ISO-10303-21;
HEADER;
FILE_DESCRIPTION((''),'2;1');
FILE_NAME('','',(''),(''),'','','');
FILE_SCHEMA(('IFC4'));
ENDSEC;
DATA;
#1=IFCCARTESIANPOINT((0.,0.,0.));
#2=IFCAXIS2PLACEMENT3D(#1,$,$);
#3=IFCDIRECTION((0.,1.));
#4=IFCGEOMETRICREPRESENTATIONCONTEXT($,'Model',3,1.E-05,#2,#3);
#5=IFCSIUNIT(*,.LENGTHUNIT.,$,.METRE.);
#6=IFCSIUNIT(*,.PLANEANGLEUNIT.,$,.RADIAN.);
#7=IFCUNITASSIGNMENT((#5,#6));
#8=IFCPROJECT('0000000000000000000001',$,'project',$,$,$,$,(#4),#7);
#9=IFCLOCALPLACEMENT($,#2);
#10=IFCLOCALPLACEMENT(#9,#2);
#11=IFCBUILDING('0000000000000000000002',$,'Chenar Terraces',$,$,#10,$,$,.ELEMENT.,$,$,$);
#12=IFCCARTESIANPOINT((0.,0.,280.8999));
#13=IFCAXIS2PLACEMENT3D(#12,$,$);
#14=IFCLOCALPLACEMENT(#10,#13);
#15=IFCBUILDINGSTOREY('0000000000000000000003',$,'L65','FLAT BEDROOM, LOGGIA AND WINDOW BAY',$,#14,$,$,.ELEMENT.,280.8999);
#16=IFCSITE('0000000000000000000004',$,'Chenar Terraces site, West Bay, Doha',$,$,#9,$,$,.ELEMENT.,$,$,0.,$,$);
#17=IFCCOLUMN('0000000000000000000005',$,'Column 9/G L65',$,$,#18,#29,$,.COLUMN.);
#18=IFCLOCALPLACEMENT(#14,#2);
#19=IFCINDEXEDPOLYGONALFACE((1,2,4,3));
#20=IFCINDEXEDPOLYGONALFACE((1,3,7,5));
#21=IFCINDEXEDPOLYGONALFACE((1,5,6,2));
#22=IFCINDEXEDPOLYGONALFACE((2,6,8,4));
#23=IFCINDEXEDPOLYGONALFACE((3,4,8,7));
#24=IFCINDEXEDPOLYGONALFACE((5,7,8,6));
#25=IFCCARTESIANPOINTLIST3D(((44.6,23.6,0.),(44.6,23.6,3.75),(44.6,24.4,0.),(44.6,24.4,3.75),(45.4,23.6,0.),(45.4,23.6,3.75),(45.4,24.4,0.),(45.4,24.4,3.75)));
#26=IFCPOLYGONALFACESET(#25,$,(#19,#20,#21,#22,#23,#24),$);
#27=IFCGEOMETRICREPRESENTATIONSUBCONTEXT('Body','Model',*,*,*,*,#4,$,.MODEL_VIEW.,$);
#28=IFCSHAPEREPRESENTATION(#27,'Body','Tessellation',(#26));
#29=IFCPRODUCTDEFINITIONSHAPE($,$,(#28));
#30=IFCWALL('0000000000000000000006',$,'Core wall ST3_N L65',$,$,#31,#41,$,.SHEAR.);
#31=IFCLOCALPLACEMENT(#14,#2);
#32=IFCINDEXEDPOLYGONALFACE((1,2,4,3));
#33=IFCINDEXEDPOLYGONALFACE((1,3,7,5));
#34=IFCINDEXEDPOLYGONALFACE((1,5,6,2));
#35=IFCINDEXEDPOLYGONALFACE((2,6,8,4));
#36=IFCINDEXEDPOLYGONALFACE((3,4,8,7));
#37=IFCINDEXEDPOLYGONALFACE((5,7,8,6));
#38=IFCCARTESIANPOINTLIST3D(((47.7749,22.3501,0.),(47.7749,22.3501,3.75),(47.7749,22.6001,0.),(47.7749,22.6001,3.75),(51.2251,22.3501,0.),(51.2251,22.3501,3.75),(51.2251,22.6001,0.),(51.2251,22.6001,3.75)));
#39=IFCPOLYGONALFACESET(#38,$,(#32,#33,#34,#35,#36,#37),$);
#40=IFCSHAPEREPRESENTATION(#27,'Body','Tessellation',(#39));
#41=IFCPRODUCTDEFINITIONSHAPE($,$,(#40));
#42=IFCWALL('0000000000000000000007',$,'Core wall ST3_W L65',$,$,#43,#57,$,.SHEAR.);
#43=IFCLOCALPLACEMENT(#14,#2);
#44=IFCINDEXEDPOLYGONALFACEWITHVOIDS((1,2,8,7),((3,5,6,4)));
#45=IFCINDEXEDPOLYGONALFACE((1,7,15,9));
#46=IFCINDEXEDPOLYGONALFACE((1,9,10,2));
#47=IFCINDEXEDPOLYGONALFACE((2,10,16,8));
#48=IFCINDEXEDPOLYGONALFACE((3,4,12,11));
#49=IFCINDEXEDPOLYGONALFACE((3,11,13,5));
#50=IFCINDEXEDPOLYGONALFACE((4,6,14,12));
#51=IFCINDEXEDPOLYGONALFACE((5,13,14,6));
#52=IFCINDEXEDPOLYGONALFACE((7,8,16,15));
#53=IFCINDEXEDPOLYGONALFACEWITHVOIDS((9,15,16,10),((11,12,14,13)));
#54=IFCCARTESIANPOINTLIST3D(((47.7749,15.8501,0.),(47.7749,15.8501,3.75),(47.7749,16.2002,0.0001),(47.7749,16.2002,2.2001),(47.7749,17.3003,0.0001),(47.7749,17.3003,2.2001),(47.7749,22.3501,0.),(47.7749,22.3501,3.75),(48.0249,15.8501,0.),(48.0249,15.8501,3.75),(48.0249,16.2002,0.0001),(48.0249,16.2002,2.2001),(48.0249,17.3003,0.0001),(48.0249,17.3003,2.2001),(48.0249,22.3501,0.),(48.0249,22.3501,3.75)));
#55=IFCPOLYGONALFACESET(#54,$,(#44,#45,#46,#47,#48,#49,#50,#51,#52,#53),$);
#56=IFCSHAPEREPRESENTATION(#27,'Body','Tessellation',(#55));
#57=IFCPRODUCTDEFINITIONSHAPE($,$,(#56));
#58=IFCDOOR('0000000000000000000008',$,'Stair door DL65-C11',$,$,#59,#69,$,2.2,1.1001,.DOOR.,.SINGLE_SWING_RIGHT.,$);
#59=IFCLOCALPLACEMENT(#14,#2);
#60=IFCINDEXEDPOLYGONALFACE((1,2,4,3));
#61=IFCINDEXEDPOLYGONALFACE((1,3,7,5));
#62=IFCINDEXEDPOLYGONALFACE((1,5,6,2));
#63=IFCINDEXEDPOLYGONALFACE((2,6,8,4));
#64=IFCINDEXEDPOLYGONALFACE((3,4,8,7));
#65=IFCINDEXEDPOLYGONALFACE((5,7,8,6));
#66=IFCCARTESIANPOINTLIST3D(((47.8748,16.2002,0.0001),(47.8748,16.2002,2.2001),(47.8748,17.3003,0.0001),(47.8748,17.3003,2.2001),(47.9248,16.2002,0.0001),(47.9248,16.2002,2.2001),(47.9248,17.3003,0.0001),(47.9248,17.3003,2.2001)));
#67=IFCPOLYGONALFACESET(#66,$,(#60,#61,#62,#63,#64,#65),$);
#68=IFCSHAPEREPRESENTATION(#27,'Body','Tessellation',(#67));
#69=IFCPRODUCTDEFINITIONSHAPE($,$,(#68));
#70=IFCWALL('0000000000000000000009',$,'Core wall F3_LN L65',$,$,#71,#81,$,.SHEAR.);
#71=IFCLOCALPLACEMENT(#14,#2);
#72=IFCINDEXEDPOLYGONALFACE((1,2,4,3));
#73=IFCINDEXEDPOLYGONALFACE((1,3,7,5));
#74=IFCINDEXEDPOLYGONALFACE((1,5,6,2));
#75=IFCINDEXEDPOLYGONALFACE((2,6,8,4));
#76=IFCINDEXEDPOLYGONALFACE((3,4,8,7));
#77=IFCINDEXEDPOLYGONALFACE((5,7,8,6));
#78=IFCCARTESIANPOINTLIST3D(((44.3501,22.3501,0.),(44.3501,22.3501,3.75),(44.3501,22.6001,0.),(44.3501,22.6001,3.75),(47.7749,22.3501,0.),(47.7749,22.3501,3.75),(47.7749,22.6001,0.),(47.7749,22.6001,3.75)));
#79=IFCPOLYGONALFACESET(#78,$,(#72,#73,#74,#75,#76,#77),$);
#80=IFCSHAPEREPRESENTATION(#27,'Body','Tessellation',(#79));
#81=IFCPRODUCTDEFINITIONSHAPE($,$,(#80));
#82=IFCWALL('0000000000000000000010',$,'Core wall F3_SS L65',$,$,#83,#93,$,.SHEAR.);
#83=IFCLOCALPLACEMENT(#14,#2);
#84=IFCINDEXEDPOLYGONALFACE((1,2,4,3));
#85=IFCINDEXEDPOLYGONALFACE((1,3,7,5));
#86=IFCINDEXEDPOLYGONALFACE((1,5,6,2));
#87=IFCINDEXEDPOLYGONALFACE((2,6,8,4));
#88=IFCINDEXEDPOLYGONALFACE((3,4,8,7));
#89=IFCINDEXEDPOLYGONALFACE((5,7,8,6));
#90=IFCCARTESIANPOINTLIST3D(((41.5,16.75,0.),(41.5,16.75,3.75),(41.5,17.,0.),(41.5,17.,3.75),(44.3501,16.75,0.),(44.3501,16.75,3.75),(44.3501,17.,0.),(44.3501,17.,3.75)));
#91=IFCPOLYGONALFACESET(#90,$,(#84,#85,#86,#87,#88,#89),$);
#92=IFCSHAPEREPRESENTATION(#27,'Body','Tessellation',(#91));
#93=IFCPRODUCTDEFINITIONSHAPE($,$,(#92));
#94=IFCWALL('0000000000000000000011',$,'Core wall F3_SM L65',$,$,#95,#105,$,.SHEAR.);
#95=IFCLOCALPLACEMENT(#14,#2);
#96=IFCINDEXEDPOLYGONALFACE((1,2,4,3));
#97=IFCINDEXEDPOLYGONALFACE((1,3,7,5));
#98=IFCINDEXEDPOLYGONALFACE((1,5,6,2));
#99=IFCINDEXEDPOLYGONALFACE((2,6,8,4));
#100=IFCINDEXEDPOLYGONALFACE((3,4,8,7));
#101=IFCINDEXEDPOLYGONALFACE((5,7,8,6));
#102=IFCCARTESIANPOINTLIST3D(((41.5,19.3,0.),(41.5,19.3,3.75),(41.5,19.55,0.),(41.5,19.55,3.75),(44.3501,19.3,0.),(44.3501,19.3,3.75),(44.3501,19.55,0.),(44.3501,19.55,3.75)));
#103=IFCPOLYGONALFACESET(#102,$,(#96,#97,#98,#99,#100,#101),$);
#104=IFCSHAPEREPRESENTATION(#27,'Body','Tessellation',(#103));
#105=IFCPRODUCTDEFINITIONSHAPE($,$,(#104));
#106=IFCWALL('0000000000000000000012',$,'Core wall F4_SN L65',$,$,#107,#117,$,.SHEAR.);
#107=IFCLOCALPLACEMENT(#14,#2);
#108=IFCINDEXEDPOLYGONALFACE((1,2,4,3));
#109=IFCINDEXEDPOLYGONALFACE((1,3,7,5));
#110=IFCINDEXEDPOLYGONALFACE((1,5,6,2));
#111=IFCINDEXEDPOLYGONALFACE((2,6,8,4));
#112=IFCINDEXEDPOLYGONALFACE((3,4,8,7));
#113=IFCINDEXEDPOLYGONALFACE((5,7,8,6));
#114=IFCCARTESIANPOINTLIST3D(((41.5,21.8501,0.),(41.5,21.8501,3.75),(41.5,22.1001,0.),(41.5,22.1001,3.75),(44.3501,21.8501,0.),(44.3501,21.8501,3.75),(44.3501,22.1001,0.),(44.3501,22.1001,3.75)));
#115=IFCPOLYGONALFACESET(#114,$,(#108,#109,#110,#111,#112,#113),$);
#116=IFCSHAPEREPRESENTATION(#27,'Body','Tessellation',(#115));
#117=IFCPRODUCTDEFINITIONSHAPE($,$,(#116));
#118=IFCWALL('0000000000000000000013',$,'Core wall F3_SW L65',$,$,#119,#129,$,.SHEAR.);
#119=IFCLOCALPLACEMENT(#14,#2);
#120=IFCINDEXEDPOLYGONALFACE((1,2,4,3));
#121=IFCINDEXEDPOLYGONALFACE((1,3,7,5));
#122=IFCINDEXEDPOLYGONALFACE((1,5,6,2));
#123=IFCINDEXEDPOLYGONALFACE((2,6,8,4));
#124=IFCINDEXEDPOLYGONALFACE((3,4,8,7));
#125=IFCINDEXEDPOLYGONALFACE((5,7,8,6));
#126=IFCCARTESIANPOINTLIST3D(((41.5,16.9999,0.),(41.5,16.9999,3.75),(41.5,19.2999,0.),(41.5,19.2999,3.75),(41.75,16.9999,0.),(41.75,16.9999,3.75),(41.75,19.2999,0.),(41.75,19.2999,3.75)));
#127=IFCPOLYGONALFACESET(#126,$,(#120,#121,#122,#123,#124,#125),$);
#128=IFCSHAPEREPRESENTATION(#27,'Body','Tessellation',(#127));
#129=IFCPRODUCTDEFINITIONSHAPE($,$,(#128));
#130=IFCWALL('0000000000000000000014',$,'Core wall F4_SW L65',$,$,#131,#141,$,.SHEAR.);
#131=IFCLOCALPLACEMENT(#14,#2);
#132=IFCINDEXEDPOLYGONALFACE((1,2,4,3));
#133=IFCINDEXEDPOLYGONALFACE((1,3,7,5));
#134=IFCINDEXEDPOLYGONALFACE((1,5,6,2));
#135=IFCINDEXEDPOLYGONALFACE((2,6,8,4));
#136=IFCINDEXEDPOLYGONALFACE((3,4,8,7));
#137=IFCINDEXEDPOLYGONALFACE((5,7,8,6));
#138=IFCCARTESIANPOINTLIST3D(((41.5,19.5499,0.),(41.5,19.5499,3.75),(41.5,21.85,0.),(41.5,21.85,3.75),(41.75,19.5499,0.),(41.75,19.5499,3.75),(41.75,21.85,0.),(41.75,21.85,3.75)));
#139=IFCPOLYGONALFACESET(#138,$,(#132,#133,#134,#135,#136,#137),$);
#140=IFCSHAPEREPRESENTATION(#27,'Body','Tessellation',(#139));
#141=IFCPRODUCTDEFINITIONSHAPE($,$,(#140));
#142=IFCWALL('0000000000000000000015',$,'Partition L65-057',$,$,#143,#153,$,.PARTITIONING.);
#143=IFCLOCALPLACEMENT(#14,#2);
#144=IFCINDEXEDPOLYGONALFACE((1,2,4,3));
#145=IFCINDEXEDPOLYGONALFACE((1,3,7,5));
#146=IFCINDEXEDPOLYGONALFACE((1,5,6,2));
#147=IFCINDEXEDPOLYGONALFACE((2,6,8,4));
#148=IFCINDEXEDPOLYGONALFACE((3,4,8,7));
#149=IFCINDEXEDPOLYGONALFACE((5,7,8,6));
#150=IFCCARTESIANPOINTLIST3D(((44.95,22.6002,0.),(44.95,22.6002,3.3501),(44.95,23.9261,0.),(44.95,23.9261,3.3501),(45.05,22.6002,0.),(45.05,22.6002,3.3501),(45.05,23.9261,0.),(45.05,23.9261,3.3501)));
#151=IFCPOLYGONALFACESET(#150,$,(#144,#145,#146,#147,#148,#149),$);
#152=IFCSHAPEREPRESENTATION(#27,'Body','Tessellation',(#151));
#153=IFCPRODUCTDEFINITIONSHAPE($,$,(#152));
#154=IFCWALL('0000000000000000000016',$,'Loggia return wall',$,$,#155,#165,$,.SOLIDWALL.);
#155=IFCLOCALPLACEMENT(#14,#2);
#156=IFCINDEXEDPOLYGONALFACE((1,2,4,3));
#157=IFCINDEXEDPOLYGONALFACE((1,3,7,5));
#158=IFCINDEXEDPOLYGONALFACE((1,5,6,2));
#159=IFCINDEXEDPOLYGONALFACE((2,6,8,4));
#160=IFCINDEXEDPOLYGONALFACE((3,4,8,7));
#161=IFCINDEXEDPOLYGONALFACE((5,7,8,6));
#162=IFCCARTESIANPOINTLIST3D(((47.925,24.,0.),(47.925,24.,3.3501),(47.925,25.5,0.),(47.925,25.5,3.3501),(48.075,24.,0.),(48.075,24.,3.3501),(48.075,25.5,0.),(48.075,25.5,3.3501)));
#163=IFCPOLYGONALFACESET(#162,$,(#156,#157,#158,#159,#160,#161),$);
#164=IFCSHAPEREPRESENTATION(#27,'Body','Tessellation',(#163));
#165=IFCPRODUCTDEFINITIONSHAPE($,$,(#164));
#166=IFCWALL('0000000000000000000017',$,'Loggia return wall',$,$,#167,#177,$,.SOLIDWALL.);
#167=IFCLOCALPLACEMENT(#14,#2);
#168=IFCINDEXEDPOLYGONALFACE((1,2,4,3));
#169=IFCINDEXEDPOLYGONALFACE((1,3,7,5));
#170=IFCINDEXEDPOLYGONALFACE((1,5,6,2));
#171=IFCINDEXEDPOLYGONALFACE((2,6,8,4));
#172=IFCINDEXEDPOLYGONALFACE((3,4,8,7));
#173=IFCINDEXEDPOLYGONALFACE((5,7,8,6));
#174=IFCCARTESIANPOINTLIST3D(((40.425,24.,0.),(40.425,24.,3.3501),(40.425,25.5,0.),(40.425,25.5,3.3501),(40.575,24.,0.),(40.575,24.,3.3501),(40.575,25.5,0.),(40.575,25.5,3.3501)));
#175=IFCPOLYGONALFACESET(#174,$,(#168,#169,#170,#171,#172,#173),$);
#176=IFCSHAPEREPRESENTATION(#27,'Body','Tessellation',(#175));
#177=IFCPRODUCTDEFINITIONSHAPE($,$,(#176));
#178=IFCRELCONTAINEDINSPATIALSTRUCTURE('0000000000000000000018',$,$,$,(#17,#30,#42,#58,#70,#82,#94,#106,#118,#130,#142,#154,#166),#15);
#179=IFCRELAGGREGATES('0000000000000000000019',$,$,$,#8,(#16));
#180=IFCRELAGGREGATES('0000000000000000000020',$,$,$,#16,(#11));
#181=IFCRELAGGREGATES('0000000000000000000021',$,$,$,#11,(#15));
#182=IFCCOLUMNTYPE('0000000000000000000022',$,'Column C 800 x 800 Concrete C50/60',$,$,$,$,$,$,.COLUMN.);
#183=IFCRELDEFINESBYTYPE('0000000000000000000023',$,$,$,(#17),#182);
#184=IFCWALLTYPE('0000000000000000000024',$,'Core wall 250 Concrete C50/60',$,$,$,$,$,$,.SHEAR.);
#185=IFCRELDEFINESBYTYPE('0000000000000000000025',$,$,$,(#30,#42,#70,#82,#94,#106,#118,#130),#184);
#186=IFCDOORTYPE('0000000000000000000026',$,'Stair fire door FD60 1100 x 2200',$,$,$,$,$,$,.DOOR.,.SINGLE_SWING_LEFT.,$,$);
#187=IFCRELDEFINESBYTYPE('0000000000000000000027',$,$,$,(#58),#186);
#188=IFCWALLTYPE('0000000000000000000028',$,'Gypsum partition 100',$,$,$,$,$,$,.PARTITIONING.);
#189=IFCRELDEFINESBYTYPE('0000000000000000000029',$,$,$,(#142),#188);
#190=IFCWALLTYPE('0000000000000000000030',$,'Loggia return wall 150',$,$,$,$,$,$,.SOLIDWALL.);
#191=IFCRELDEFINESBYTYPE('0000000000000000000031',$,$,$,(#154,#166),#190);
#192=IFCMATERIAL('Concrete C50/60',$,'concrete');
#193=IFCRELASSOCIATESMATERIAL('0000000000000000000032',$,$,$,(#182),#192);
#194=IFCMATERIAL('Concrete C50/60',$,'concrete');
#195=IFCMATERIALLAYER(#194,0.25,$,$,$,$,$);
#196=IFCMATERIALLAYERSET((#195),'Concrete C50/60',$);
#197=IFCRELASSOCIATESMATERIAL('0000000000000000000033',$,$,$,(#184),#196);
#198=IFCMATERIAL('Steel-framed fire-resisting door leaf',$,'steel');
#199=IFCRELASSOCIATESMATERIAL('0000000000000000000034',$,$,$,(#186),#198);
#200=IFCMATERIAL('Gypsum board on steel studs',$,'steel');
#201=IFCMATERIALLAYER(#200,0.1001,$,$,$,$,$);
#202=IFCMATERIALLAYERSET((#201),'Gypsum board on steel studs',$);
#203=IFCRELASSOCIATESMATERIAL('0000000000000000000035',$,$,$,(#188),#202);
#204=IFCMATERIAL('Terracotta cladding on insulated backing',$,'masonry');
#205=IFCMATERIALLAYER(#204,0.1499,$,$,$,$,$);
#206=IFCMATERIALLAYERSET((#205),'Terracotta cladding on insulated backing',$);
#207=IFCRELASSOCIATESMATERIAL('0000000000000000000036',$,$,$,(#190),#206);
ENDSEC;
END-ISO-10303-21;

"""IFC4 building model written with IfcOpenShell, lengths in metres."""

from ifc_helpers import new_model, si_unit, direction, frame, frame_2d, origin, origin_2d, place, context, subcontext, project, spatial, rectangle, extrude, material, layer, layer_set, material_profile, profile_set, type_object, element, fill, save


model = new_model("IFC4")

# Units and contexts
model_context = context("Model", 3, precision=1e-05, world=origin(), true_north=direction((0.0, 1.0)))
body_context = subcontext(model_context, "Body", "Model", "MODEL_VIEW")
ifc_project = project(units=[si_unit("LENGTHUNIT", "METRE"), si_unit("PLANEANGLEUNIT", "RADIAN")], contexts=[model_context])

# Site, building, storey
site_placement = place(None, origin())
site = spatial("IfcSite", under=ifc_project, at=site_placement, Name="Chenar Terraces site, West Bay, Doha", CompositionType="ELEMENT", RefElevation=0.0)
building_placement = place(site_placement, origin())
building = spatial("IfcBuilding", under=site, at=building_placement, Name="Chenar Terraces", CompositionType="ELEMENT")
storey_placement = place(building_placement, frame((0.0, 0.0, 280.8999)))
storey = spatial("IfcBuildingStorey", under=building, at=storey_placement, Name="L65", Description="FLAT BEDROOM, LOGGIA AND WINDOW BAY", CompositionType="ELEMENT", Elevation=280.8999)

# Column
ifc_material_1 = material(Name="Concrete C50/60", Category="concrete")
ifc_material_profile_1 = material_profile(ifc_material_1, rectangle(XDim=0.8, YDim=0.8, at=origin_2d()), Name="C 800 x 800")
ifc_profile_set_1 = profile_set([ifc_material_profile_1], Name="Concrete C50/60")
column_type = type_object("IfcColumnType", Name="Column C 800 x 800 Concrete C50/60", PredefinedType="COLUMN", material=ifc_profile_set_1)
column_placement = place(storey_placement, frame((45.0, 24.0, 0.0), z_axis=(0.0, 0.0, 1.0), x_axis=(1.0, 0.0, 0.0)))
element("IfcColumn", 1, at=column_placement, inside=storey, type_object=column_type, Name="Column 9/G L65", PredefinedType="COLUMN", context=body_context, shape_type="SweptSolid", body=[
    extrude(rectangle(XDim=0.8, YDim=0.8, at=origin_2d()), origin(), (0.0, 0.0, 1.0), 3.75),
])

# Wall
ifc_material_2 = material(Name="Concrete C50/60", Category="concrete")
ifc_layer_1 = layer(ifc_material_2, 0.25)
ifc_layer_set_1 = layer_set([ifc_layer_1], Name="Concrete C50/60")
wall_type_1 = type_object("IfcWallType", Name="Core wall 250 Concrete C50/60", PredefinedType="SHEAR", material=ifc_layer_set_1)
wall_1_placement = place(storey_placement, frame((47.7749, 22.4751, 0.0), z_axis=(0.0, 0.0, 1.0), x_axis=(1.0, 0.0, 0.0)))
element("IfcWall", 2, at=wall_1_placement, inside=storey, type_object=wall_type_1, Name="Core wall ST3_N L65", PredefinedType="SHEAR", context=body_context, shape_type="SweptSolid", body=[
    extrude(rectangle(XDim=3.4502, YDim=0.25, at=frame_2d((1.7251, 0.0))), origin(), (0.0, 0.0, 1.0), 3.75),
])

# Wall, opening, door
wall_2_placement = place(storey_placement, frame((47.8999, 15.8501, 0.0), z_axis=(0.0, 0.0, 1.0), x_axis=(0.0, 1.0, 0.0)))
wall_2 = element("IfcWall", 3, at=wall_2_placement, inside=storey, type_object=wall_type_1, Name="Core wall ST3_W L65", PredefinedType="SHEAR", context=body_context, shape_type="SweptSolid", body=[
    extrude(rectangle(XDim=6.5, YDim=0.25, at=frame_2d((3.25, 0.0))), origin(), (0.0, 0.0, 1.0), 3.75),
])
opening_1_placement = place(wall_2_placement, frame((0.3501, 0.0, 0.0)))
opening_1 = element("IfcOpeningElement", 4, at=opening_1_placement, cuts=wall_2, PredefinedType="OPENING", context=body_context, shape_type="SweptSolid", body=[
    extrude(rectangle(XDim=1.1001, YDim=2.2, at=frame_2d((0.55, 1.1001))), frame((0.0, 0.135, 0.0), z_axis=(0.0, -1.0, 0.0), x_axis=(1.0, 0.0, 0.0)), (0.0, 0.0, 1.0), 0.27),
])
ifc_material_3 = material(Name="Steel-framed fire-resisting door leaf", Category="steel")
door_type_1 = type_object("IfcDoorType", Name="Stair fire door FD60 1100 x 2200", OperationType="SINGLE_SWING_LEFT", PredefinedType="DOOR", material=ifc_material_3)
door_1_placement = place(opening_1_placement, frame((1.1001, 0.0, 0.0), z_axis=(0.0, 0.0, 1.0), x_axis=(-1.0, 0.0, 0.0)))
door_1 = element("IfcDoor", 5, at=door_1_placement, inside=storey, type_object=door_type_1, Name="Stair door DL65-C11", OperationType="SINGLE_SWING_RIGHT", OverallHeight=2.2, OverallWidth=1.1001, PredefinedType="DOOR", context=body_context, shape_type="SweptSolid", body=[
    extrude(rectangle(XDim=1.1001, YDim=2.2, at=frame_2d((0.55, 1.1001))), frame((0.0, 0.0249, 0.0), z_axis=(0.0, -1.0, 0.0), x_axis=(1.0, 0.0, 0.0)), (0.0, 0.0, 1.0), 0.05),
])
fill(opening_1, door_1)

# Walls
wall_3_placement = place(storey_placement, frame((44.3501, 22.4751, 0.0), z_axis=(0.0, 0.0, 1.0), x_axis=(1.0, 0.0, 0.0)))
element("IfcWall", 6, at=wall_3_placement, inside=storey, type_object=wall_type_1, Name="Core wall F3_LN L65", PredefinedType="SHEAR", context=body_context, shape_type="SweptSolid", body=[
    extrude(rectangle(XDim=3.4248, YDim=0.25, at=frame_2d((1.7124, 0.0))), origin(), (0.0, 0.0, 1.0), 3.75),
])
for number, where, z_axis, x_axis, name in (
    (7, (41.5, 16.875, 0.0), (0.0, 0.0, 1.0), (1.0, 0.0, 0.0), "Core wall F3_SS L65"),
    (8, (41.5, 19.425, 0.0), (0.0, 0.0, 1.0), (1.0, 0.0, 0.0), "Core wall F3_SM L65"),
    (9, (41.5, 21.9751, 0.0), (0.0, 0.0, 1.0), (1.0, 0.0, 0.0), "Core wall F4_SN L65"),
):
    element("IfcWall", number, at=place(storey_placement, frame(where, z_axis=z_axis, x_axis=x_axis)), inside=storey, type_object=wall_type_1, Name=name, PredefinedType="SHEAR", context=body_context, shape_type="SweptSolid", body=[
        extrude(rectangle(XDim=2.8501, YDim=0.25, at=frame_2d((1.425, 0.0))), origin(), (0.0, 0.0, 1.0), 3.75),
    ])
for number, where, z_axis, x_axis, name in (
    (10, (41.625, 17.0, 0.0), (0.0, 0.0, 1.0), (0.0, 1.0, 0.0), "Core wall F3_SW L65"),
    (11, (41.625, 19.55, 0.0), (0.0, 0.0, 1.0), (0.0, 1.0, 0.0), "Core wall F4_SW L65"),
):
    element("IfcWall", number, at=place(storey_placement, frame(where, z_axis=z_axis, x_axis=x_axis)), inside=storey, type_object=wall_type_1, Name=name, PredefinedType="SHEAR", context=body_context, shape_type="SweptSolid", body=[
        extrude(rectangle(XDim=2.3, YDim=0.25, at=frame_2d((1.1499, 0.0))), origin(), (0.0, 0.0, 1.0), 3.75),
    ])

# Walls
ifc_material_4 = material(Name="Gypsum board on steel studs", Category="steel")
ifc_layer_2 = layer(ifc_material_4, 0.1001)
ifc_layer_set_2 = layer_set([ifc_layer_2], Name="Gypsum board on steel studs")
wall_type_2 = type_object("IfcWallType", Name="Gypsum partition 100", PredefinedType="PARTITIONING", material=ifc_layer_set_2)
wall_4_placement = place(storey_placement, frame((45.0, 22.6001, 0.0), z_axis=(0.0, 0.0, 1.0), x_axis=(0.0, 1.0, 0.0)))
element("IfcWall", 12, at=wall_4_placement, inside=storey, type_object=wall_type_2, Name="Partition L65-057", PredefinedType="PARTITIONING", context=body_context, shape_type="SweptSolid", body=[
    extrude(rectangle(XDim=1.3259, YDim=0.1001, at=frame_2d((0.6631, 0.0))), origin(), (0.0, 0.0, 1.0), 3.3501),
])
ifc_material_5 = material(Name="Terracotta cladding on insulated backing", Category="masonry")
ifc_layer_3 = layer(ifc_material_5, 0.1499)
ifc_layer_set_3 = layer_set([ifc_layer_3], Name="Terracotta cladding on insulated backing")
wall_type_3 = type_object("IfcWallType", Name="Loggia return wall 150", PredefinedType="SOLIDWALL", material=ifc_layer_set_3)
for number, where, z_axis, x_axis, name in (
    (13, (48.0, 25.5, 0.0), (0.0, 0.0, 1.0), (0.0, -1.0, 0.0), "Loggia return wall"),
    (14, (40.5, 25.5, 0.0), (0.0, 0.0, 1.0), (0.0, -1.0, 0.0), "Loggia return wall"),
):
    element("IfcWall", number, at=place(storey_placement, frame(where, z_axis=z_axis, x_axis=x_axis)), inside=storey, type_object=wall_type_3, Name=name, PredefinedType="SOLIDWALL", context=body_context, shape_type="SweptSolid", body=[
        extrude(rectangle(XDim=1.5, YDim=0.1499, at=frame_2d((0.75, 0.0))), origin(), (0.0, 0.0, 1.0), 3.3501),
    ])

save(model, "model.ifc")
